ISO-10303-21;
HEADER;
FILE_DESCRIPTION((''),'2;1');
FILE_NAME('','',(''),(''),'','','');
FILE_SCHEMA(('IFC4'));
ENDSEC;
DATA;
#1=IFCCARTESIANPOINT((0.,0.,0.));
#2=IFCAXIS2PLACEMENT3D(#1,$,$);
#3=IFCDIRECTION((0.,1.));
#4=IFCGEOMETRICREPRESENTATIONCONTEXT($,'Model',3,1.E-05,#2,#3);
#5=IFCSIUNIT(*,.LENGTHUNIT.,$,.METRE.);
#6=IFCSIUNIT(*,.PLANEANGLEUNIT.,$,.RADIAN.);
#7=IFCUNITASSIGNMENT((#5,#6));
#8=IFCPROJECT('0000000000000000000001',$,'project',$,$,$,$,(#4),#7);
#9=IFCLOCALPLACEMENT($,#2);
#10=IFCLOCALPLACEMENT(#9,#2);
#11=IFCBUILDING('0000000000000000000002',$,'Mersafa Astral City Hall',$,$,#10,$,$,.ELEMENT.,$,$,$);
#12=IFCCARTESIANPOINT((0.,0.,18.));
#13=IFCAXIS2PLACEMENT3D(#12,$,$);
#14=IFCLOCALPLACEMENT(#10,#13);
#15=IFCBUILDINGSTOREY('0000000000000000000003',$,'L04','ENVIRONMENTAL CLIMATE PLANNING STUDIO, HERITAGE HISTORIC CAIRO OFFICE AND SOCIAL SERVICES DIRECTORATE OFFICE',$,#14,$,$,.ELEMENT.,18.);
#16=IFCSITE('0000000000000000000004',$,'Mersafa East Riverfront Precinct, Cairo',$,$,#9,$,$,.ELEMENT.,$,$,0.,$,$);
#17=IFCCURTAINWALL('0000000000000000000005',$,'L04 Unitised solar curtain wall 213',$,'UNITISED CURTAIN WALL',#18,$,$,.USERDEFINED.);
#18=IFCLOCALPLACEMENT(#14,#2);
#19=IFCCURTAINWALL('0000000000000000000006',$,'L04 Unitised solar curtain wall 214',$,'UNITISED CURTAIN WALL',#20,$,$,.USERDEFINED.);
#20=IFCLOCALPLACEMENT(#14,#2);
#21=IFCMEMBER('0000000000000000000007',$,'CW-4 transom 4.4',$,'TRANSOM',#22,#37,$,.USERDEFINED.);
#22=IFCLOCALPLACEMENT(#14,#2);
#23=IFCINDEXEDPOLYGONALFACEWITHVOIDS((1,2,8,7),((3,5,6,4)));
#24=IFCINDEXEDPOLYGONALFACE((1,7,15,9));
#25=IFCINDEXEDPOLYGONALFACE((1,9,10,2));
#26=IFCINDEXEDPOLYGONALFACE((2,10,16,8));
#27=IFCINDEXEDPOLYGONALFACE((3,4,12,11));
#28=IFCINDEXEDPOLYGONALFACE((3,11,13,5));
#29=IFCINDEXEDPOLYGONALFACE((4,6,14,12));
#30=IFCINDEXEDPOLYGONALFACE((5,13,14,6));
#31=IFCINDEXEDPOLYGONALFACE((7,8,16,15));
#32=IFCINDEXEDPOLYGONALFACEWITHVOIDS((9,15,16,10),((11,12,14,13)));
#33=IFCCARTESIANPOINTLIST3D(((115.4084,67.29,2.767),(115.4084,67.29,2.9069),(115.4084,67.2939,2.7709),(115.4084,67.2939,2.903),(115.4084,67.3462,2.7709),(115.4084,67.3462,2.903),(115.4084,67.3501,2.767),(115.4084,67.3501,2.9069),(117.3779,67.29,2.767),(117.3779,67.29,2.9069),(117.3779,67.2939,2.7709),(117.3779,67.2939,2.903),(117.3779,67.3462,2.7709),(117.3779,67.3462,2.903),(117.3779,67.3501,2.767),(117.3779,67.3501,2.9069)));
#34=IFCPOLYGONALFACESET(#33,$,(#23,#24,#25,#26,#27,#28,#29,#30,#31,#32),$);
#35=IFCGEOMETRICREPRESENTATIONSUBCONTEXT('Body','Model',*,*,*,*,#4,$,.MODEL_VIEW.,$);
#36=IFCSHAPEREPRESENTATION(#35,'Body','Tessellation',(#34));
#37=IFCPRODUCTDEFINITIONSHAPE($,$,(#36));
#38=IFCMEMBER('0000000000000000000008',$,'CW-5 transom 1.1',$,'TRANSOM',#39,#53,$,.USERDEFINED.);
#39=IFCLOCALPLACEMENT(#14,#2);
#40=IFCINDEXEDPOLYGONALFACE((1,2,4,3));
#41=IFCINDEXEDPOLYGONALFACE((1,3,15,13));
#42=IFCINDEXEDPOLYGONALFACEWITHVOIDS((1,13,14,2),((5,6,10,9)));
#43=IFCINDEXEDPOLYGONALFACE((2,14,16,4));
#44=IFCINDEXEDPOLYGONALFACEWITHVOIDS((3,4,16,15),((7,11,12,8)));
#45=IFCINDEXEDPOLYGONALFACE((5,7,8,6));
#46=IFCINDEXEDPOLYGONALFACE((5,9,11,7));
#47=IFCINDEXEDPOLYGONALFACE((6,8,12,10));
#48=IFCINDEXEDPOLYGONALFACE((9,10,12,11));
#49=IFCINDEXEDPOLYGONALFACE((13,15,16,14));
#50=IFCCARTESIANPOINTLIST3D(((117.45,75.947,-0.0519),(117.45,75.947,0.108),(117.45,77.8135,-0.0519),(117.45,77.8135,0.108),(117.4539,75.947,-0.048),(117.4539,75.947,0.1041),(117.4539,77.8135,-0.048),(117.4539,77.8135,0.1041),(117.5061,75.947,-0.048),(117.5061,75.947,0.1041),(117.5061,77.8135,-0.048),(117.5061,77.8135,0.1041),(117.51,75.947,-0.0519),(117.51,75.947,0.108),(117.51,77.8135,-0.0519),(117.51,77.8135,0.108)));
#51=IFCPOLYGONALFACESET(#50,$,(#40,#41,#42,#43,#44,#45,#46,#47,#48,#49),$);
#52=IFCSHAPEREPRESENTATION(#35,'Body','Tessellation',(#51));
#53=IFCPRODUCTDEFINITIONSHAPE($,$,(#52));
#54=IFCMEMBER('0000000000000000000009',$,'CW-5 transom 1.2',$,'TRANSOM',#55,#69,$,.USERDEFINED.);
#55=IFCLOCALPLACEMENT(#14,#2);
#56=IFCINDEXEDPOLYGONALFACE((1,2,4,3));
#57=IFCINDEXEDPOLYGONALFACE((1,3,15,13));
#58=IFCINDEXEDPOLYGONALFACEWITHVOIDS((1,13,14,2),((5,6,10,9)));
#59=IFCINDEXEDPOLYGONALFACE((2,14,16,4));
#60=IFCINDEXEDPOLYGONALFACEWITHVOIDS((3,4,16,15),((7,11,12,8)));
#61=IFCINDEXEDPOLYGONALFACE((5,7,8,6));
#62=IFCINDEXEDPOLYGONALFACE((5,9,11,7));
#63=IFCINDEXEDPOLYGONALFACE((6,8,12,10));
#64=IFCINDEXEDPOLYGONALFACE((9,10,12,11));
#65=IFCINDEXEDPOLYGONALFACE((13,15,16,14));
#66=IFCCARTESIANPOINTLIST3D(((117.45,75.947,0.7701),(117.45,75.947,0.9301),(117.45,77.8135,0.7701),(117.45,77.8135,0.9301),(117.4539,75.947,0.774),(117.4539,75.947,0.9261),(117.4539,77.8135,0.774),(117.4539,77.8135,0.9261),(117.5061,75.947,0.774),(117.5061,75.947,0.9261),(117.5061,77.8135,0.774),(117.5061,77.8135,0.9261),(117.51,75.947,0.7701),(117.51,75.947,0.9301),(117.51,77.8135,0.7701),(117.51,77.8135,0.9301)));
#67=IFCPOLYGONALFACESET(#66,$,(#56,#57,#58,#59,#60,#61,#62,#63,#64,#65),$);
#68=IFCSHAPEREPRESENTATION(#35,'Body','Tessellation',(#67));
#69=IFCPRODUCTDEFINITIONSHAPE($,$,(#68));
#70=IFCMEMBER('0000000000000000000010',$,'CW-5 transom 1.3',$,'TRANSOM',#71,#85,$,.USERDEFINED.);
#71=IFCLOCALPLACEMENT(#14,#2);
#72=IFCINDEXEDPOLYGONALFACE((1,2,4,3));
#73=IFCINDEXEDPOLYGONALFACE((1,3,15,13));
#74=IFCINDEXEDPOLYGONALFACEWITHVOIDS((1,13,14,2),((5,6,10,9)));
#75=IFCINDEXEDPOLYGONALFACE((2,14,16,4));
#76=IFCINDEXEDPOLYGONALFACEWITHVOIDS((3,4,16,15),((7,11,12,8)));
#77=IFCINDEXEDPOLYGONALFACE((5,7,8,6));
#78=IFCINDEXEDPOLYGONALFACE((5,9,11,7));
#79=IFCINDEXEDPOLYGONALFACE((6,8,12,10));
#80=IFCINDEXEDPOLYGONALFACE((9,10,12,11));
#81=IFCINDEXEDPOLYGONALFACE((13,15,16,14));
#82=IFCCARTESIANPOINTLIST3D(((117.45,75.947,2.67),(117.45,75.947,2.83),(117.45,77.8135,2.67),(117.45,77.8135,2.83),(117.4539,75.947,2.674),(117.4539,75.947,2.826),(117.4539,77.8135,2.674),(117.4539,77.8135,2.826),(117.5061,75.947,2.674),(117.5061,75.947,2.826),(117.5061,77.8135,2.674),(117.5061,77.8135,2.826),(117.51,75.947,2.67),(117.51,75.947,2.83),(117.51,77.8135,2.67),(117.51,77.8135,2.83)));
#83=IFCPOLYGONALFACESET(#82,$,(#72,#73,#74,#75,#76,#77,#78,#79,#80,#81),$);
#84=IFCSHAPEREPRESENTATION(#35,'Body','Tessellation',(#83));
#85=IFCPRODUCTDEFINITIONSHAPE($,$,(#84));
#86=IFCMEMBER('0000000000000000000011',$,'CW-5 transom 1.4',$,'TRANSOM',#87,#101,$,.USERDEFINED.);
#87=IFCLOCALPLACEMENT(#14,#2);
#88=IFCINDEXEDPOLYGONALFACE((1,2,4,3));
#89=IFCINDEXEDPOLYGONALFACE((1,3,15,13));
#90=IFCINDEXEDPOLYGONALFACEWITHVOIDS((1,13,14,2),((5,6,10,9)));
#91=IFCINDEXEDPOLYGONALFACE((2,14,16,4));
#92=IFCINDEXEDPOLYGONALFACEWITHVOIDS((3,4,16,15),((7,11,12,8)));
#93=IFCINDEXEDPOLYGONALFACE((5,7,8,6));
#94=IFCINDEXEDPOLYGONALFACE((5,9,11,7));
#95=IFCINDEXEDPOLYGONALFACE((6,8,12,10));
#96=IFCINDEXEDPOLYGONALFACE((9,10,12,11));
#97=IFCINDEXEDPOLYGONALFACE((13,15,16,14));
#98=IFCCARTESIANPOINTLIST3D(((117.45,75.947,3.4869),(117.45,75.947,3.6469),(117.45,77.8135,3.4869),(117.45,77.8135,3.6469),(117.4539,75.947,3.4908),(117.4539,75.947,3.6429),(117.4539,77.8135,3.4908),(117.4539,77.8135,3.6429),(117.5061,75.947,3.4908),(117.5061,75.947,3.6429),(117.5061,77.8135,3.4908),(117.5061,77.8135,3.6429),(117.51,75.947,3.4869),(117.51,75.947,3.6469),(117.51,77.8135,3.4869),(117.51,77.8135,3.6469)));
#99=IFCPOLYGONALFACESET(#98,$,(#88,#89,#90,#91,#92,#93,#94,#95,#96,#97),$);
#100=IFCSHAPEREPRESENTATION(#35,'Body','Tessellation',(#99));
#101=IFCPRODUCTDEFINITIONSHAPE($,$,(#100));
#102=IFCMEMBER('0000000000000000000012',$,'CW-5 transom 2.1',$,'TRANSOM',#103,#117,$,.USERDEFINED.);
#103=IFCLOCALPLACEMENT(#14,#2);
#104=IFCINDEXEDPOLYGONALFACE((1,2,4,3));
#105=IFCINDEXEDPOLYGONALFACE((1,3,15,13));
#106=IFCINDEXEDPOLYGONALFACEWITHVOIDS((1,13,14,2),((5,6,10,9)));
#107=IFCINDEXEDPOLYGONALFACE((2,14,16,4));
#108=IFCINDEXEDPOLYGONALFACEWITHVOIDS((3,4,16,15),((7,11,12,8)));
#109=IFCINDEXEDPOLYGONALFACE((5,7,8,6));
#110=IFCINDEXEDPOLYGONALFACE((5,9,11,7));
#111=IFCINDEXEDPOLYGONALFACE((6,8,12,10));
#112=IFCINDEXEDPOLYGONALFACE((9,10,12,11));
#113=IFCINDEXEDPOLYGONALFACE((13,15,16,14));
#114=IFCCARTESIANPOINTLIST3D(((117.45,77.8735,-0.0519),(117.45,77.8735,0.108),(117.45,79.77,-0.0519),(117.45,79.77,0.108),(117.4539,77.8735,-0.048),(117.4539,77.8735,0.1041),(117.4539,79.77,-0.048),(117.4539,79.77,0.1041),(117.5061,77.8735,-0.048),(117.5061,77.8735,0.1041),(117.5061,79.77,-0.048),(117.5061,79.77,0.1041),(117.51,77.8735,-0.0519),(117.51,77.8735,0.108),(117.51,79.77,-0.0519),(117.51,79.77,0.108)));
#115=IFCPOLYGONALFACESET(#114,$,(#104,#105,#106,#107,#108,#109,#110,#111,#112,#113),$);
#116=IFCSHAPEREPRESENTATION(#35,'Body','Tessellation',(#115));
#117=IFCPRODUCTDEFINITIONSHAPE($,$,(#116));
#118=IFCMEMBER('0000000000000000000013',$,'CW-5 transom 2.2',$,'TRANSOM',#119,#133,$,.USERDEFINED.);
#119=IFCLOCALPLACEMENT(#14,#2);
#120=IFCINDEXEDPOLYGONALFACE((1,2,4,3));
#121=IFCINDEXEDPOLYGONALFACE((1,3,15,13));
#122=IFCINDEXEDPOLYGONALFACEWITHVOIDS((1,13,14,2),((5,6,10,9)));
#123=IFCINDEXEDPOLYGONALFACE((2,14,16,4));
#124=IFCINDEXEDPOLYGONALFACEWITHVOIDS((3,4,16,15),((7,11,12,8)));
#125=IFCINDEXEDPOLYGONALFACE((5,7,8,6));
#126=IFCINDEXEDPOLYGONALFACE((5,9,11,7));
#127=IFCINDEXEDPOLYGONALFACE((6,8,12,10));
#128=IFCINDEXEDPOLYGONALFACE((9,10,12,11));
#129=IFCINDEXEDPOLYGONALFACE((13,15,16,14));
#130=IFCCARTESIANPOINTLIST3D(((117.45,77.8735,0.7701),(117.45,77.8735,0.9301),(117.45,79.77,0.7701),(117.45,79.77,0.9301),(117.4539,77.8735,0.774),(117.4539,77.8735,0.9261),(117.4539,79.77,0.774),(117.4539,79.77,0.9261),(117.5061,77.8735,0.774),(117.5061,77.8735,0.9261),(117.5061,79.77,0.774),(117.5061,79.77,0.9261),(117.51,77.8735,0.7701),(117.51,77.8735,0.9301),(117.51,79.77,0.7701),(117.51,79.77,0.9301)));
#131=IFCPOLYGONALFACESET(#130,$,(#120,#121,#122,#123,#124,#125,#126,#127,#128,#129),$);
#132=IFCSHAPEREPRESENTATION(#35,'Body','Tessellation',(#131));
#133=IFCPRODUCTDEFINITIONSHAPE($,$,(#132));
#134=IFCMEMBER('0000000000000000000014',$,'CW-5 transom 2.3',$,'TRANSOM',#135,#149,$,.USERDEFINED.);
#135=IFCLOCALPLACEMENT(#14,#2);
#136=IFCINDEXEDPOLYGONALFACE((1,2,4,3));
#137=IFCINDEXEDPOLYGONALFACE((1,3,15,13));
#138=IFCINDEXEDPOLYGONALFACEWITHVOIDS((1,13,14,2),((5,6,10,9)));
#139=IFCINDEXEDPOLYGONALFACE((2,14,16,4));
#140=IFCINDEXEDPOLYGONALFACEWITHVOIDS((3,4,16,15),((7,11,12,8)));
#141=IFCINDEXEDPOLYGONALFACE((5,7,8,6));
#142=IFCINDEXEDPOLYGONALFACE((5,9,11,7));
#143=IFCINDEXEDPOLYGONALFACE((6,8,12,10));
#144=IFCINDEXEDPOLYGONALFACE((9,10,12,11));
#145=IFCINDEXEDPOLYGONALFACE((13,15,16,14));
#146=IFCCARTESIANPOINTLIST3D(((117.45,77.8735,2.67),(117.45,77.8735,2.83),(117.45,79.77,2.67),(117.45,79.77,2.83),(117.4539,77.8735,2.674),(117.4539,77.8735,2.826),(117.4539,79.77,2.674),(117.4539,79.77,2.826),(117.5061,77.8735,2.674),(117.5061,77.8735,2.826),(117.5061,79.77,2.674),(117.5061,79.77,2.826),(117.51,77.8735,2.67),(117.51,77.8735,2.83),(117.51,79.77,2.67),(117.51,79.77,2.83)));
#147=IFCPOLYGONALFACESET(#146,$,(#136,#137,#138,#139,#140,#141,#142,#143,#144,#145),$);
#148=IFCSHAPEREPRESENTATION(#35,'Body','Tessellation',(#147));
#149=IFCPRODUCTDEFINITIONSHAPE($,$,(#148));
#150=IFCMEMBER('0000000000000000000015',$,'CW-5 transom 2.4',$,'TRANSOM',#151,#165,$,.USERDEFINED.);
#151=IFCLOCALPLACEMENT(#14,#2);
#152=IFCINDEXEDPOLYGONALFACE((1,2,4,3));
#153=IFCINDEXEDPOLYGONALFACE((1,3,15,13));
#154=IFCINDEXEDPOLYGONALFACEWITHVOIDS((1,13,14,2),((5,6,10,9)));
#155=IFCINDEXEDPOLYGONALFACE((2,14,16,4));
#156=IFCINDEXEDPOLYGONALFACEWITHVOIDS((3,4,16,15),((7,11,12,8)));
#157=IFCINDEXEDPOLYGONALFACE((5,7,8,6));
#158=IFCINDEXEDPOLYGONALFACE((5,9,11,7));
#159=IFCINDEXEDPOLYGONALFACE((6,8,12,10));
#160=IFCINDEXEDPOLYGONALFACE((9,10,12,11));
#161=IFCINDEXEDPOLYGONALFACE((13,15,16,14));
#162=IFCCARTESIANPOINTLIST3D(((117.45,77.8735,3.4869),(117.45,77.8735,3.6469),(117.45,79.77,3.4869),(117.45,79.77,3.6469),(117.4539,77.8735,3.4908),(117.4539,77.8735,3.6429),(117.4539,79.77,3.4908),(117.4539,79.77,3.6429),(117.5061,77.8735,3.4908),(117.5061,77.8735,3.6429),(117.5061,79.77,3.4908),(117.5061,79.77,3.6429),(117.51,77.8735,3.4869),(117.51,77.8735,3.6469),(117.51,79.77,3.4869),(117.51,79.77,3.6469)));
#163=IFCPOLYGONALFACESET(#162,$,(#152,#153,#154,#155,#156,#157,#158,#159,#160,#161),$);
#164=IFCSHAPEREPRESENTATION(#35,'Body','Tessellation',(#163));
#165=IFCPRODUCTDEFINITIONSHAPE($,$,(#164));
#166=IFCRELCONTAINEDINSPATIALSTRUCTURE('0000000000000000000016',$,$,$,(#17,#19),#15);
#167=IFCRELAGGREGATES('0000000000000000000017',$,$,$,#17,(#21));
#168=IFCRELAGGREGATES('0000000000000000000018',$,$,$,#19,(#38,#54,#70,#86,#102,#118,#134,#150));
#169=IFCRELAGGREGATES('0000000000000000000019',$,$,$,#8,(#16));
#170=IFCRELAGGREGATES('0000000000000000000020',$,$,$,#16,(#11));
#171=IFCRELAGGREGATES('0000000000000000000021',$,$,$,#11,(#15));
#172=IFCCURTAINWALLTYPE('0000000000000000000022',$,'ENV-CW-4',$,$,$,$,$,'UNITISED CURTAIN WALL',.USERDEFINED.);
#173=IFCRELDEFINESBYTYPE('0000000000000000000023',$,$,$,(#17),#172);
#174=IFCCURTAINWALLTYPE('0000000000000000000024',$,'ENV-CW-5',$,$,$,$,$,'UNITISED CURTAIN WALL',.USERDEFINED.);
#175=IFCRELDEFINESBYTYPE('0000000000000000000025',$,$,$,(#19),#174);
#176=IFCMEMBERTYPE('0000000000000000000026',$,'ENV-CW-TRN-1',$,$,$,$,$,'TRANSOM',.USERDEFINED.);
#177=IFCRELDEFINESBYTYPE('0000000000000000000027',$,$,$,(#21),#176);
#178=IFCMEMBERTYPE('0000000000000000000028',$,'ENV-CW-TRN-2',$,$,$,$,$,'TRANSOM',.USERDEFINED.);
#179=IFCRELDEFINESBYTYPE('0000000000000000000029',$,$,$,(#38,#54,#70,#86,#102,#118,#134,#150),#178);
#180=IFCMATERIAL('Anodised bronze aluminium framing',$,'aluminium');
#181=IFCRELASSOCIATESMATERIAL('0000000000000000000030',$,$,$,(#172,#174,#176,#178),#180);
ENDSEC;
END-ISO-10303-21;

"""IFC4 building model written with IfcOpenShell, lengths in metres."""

from ifc_helpers import new_model, si_unit, direction, frame, origin, origin_2d, place, context, subcontext, project, spatial, hollow_rectangle, extrude, material, material_profile, profile_set, type_object, element, aggregate, save


model = new_model("IFC4")

# Units and contexts
model_context = context("Model", 3, precision=1e-05, world=origin(), true_north=direction((0.0, 1.0)))
body_context = subcontext(model_context, "Body", "Model", "MODEL_VIEW")
ifc_project = project(units=[si_unit("LENGTHUNIT", "METRE"), si_unit("PLANEANGLEUNIT", "RADIAN")], contexts=[model_context])

# Site, building, storey
site_placement = place(None, origin())
site = spatial("IfcSite", under=ifc_project, at=site_placement, Name="Mersafa East Riverfront Precinct, Cairo", CompositionType="ELEMENT", RefElevation=0.0)
building_placement = place(site_placement, origin())
building = spatial("IfcBuilding", under=site, at=building_placement, Name="Mersafa Astral City Hall", CompositionType="ELEMENT")
storey_placement = place(building_placement, frame((0.0, 0.0, 18.0)))
storey = spatial("IfcBuildingStorey", under=building, at=storey_placement, Name="L04", Description="ENVIRONMENTAL CLIMATE PLANNING STUDIO, HERITAGE HISTORIC CAIRO OFFICE AND SOCIAL SERVICES DIRECTORATE OFFICE", CompositionType="ELEMENT", Elevation=18.0)

# Curtain walls
ifc_material_1 = material(Name="Anodised bronze aluminium framing", Category="aluminium")
curtain_wall_type_1 = type_object("IfcCurtainWallType", Name="ENV-CW-4", ElementType="UNITISED CURTAIN WALL", PredefinedType="USERDEFINED", material=ifc_material_1)
curtain_wall_1_placement = place(storey_placement, origin())
curtain_wall_1 = element("IfcCurtainWall", 1, at=curtain_wall_1_placement, inside=storey, type_object=curtain_wall_type_1, Name="L04 Unitised solar curtain wall 213", ObjectType="UNITISED CURTAIN WALL", PredefinedType="USERDEFINED")
curtain_wall_type_2 = type_object("IfcCurtainWallType", Name="ENV-CW-5", ElementType="UNITISED CURTAIN WALL", PredefinedType="USERDEFINED", material=ifc_material_1)
curtain_wall_2_placement = place(storey_placement, origin())
curtain_wall_2 = element("IfcCurtainWall", 2, at=curtain_wall_2_placement, inside=storey, type_object=curtain_wall_type_2, Name="L04 Unitised solar curtain wall 214", ObjectType="UNITISED CURTAIN WALL", PredefinedType="USERDEFINED")

# Members
ifc_material_profile_1 = material_profile(ifc_material_1, hollow_rectangle(XDim=0.0601, YDim=0.1399, WallThickness=0.0039, at=origin_2d()), Name="RHS 60x140x4")
ifc_profile_set_1 = profile_set([ifc_material_profile_1], Name="Anodised bronze aluminium framing")
member_type_1 = type_object("IfcMemberType", Name="ENV-CW-TRN-1", ElementType="TRANSOM", PredefinedType="USERDEFINED", material=ifc_profile_set_1)
member_1_placement = place(storey_placement, frame((115.4084, 67.3201, 2.8369), z_axis=(1.0, 0.0, 0.0), x_axis=(0.0, 1.0, 0.0)))
member_1 = element("IfcMember", 3, at=member_1_placement, type_object=member_type_1, Name="CW-4 transom 4.4", ObjectType="TRANSOM", PredefinedType="USERDEFINED", context=body_context, shape_type="SweptSolid", body=[
    extrude(hollow_rectangle(XDim=0.0601, YDim=0.1399, WallThickness=0.0039, at=origin_2d()), origin(), (0.0, 0.0, 1.0), 1.9695),
])
ifc_material_profile_2 = material_profile(ifc_material_1, hollow_rectangle(XDim=0.0601, YDim=0.1599, WallThickness=0.0039, at=origin_2d()), Name="RHS 60x160x4")
ifc_profile_set_2 = profile_set([ifc_material_profile_2], Name="Anodised bronze aluminium framing")
member_type_2 = type_object("IfcMemberType", Name="ENV-CW-TRN-2", ElementType="TRANSOM", PredefinedType="USERDEFINED", material=ifc_profile_set_2)
member_2_placement = place(storey_placement, frame((117.48, 75.947, 0.0281), z_axis=(0.0, 1.0, 0.0), x_axis=(-1.0, 0.0, 0.0)))
member_2 = element("IfcMember", 4, at=member_2_placement, type_object=member_type_2, Name="CW-5 transom 1.1", ObjectType="TRANSOM", PredefinedType="USERDEFINED", context=body_context, shape_type="SweptSolid", body=[
    extrude(hollow_rectangle(XDim=0.0601, YDim=0.1599, WallThickness=0.0039, at=origin_2d()), origin(), (0.0, 0.0, 1.0), 1.8665),
])
member_3_placement = place(storey_placement, frame((117.48, 75.947, 0.8501), z_axis=(0.0, 1.0, 0.0), x_axis=(-1.0, 0.0, 0.0)))
member_3 = element("IfcMember", 5, at=member_3_placement, type_object=member_type_2, Name="CW-5 transom 1.2", ObjectType="TRANSOM", PredefinedType="USERDEFINED", context=body_context, shape_type="SweptSolid", body=[
    extrude(hollow_rectangle(XDim=0.0601, YDim=0.1599, WallThickness=0.0039, at=origin_2d()), origin(), (0.0, 0.0, 1.0), 1.8665),
])
member_4_placement = place(storey_placement, frame((117.48, 75.947, 2.75), z_axis=(0.0, 1.0, 0.0), x_axis=(-1.0, 0.0, 0.0)))
member_4 = element("IfcMember", 6, at=member_4_placement, type_object=member_type_2, Name="CW-5 transom 1.3", ObjectType="TRANSOM", PredefinedType="USERDEFINED", context=body_context, shape_type="SweptSolid", body=[
    extrude(hollow_rectangle(XDim=0.0601, YDim=0.1599, WallThickness=0.0039, at=origin_2d()), origin(), (0.0, 0.0, 1.0), 1.8665),
])
member_5_placement = place(storey_placement, frame((117.48, 75.947, 3.5669), z_axis=(0.0, 1.0, 0.0), x_axis=(-1.0, 0.0, 0.0)))
member_5 = element("IfcMember", 7, at=member_5_placement, type_object=member_type_2, Name="CW-5 transom 1.4", ObjectType="TRANSOM", PredefinedType="USERDEFINED", context=body_context, shape_type="SweptSolid", body=[
    extrude(hollow_rectangle(XDim=0.0601, YDim=0.1599, WallThickness=0.0039, at=origin_2d()), origin(), (0.0, 0.0, 1.0), 1.8665),
])
member_6_placement = place(storey_placement, frame((117.48, 77.8735, 0.0281), z_axis=(0.0, 1.0, 0.0), x_axis=(-1.0, 0.0, 0.0)))
member_6 = element("IfcMember", 8, at=member_6_placement, type_object=member_type_2, Name="CW-5 transom 2.1", ObjectType="TRANSOM", PredefinedType="USERDEFINED", context=body_context, shape_type="SweptSolid", body=[
    extrude(hollow_rectangle(XDim=0.0601, YDim=0.1599, WallThickness=0.0039, at=origin_2d()), origin(), (0.0, 0.0, 1.0), 1.8965),
])
member_7_placement = place(storey_placement, frame((117.48, 77.8735, 0.8501), z_axis=(0.0, 1.0, 0.0), x_axis=(-1.0, 0.0, 0.0)))
member_7 = element("IfcMember", 9, at=member_7_placement, type_object=member_type_2, Name="CW-5 transom 2.2", ObjectType="TRANSOM", PredefinedType="USERDEFINED", context=body_context, shape_type="SweptSolid", body=[
    extrude(hollow_rectangle(XDim=0.0601, YDim=0.1599, WallThickness=0.0039, at=origin_2d()), origin(), (0.0, 0.0, 1.0), 1.8965),
])
member_8_placement = place(storey_placement, frame((117.48, 77.8735, 2.75), z_axis=(0.0, 1.0, 0.0), x_axis=(-1.0, 0.0, 0.0)))
member_8 = element("IfcMember", 10, at=member_8_placement, type_object=member_type_2, Name="CW-5 transom 2.3", ObjectType="TRANSOM", PredefinedType="USERDEFINED", context=body_context, shape_type="SweptSolid", body=[
    extrude(hollow_rectangle(XDim=0.0601, YDim=0.1599, WallThickness=0.0039, at=origin_2d()), origin(), (0.0, 0.0, 1.0), 1.8965),
])
member_9_placement = place(storey_placement, frame((117.48, 77.8735, 3.5669), z_axis=(0.0, 1.0, 0.0), x_axis=(-1.0, 0.0, 0.0)))
member_9 = element("IfcMember", 11, at=member_9_placement, type_object=member_type_2, Name="CW-5 transom 2.4", ObjectType="TRANSOM", PredefinedType="USERDEFINED", context=body_context, shape_type="SweptSolid", body=[
    extrude(hollow_rectangle(XDim=0.0601, YDim=0.1599, WallThickness=0.0039, at=origin_2d()), origin(), (0.0, 0.0, 1.0), 1.8965),
])

aggregate(curtain_wall_1, [member_1])
aggregate(curtain_wall_2, [member_2, member_3, member_4, member_5, member_6, member_7, member_8, member_9])

save(model, "model.ifc")
